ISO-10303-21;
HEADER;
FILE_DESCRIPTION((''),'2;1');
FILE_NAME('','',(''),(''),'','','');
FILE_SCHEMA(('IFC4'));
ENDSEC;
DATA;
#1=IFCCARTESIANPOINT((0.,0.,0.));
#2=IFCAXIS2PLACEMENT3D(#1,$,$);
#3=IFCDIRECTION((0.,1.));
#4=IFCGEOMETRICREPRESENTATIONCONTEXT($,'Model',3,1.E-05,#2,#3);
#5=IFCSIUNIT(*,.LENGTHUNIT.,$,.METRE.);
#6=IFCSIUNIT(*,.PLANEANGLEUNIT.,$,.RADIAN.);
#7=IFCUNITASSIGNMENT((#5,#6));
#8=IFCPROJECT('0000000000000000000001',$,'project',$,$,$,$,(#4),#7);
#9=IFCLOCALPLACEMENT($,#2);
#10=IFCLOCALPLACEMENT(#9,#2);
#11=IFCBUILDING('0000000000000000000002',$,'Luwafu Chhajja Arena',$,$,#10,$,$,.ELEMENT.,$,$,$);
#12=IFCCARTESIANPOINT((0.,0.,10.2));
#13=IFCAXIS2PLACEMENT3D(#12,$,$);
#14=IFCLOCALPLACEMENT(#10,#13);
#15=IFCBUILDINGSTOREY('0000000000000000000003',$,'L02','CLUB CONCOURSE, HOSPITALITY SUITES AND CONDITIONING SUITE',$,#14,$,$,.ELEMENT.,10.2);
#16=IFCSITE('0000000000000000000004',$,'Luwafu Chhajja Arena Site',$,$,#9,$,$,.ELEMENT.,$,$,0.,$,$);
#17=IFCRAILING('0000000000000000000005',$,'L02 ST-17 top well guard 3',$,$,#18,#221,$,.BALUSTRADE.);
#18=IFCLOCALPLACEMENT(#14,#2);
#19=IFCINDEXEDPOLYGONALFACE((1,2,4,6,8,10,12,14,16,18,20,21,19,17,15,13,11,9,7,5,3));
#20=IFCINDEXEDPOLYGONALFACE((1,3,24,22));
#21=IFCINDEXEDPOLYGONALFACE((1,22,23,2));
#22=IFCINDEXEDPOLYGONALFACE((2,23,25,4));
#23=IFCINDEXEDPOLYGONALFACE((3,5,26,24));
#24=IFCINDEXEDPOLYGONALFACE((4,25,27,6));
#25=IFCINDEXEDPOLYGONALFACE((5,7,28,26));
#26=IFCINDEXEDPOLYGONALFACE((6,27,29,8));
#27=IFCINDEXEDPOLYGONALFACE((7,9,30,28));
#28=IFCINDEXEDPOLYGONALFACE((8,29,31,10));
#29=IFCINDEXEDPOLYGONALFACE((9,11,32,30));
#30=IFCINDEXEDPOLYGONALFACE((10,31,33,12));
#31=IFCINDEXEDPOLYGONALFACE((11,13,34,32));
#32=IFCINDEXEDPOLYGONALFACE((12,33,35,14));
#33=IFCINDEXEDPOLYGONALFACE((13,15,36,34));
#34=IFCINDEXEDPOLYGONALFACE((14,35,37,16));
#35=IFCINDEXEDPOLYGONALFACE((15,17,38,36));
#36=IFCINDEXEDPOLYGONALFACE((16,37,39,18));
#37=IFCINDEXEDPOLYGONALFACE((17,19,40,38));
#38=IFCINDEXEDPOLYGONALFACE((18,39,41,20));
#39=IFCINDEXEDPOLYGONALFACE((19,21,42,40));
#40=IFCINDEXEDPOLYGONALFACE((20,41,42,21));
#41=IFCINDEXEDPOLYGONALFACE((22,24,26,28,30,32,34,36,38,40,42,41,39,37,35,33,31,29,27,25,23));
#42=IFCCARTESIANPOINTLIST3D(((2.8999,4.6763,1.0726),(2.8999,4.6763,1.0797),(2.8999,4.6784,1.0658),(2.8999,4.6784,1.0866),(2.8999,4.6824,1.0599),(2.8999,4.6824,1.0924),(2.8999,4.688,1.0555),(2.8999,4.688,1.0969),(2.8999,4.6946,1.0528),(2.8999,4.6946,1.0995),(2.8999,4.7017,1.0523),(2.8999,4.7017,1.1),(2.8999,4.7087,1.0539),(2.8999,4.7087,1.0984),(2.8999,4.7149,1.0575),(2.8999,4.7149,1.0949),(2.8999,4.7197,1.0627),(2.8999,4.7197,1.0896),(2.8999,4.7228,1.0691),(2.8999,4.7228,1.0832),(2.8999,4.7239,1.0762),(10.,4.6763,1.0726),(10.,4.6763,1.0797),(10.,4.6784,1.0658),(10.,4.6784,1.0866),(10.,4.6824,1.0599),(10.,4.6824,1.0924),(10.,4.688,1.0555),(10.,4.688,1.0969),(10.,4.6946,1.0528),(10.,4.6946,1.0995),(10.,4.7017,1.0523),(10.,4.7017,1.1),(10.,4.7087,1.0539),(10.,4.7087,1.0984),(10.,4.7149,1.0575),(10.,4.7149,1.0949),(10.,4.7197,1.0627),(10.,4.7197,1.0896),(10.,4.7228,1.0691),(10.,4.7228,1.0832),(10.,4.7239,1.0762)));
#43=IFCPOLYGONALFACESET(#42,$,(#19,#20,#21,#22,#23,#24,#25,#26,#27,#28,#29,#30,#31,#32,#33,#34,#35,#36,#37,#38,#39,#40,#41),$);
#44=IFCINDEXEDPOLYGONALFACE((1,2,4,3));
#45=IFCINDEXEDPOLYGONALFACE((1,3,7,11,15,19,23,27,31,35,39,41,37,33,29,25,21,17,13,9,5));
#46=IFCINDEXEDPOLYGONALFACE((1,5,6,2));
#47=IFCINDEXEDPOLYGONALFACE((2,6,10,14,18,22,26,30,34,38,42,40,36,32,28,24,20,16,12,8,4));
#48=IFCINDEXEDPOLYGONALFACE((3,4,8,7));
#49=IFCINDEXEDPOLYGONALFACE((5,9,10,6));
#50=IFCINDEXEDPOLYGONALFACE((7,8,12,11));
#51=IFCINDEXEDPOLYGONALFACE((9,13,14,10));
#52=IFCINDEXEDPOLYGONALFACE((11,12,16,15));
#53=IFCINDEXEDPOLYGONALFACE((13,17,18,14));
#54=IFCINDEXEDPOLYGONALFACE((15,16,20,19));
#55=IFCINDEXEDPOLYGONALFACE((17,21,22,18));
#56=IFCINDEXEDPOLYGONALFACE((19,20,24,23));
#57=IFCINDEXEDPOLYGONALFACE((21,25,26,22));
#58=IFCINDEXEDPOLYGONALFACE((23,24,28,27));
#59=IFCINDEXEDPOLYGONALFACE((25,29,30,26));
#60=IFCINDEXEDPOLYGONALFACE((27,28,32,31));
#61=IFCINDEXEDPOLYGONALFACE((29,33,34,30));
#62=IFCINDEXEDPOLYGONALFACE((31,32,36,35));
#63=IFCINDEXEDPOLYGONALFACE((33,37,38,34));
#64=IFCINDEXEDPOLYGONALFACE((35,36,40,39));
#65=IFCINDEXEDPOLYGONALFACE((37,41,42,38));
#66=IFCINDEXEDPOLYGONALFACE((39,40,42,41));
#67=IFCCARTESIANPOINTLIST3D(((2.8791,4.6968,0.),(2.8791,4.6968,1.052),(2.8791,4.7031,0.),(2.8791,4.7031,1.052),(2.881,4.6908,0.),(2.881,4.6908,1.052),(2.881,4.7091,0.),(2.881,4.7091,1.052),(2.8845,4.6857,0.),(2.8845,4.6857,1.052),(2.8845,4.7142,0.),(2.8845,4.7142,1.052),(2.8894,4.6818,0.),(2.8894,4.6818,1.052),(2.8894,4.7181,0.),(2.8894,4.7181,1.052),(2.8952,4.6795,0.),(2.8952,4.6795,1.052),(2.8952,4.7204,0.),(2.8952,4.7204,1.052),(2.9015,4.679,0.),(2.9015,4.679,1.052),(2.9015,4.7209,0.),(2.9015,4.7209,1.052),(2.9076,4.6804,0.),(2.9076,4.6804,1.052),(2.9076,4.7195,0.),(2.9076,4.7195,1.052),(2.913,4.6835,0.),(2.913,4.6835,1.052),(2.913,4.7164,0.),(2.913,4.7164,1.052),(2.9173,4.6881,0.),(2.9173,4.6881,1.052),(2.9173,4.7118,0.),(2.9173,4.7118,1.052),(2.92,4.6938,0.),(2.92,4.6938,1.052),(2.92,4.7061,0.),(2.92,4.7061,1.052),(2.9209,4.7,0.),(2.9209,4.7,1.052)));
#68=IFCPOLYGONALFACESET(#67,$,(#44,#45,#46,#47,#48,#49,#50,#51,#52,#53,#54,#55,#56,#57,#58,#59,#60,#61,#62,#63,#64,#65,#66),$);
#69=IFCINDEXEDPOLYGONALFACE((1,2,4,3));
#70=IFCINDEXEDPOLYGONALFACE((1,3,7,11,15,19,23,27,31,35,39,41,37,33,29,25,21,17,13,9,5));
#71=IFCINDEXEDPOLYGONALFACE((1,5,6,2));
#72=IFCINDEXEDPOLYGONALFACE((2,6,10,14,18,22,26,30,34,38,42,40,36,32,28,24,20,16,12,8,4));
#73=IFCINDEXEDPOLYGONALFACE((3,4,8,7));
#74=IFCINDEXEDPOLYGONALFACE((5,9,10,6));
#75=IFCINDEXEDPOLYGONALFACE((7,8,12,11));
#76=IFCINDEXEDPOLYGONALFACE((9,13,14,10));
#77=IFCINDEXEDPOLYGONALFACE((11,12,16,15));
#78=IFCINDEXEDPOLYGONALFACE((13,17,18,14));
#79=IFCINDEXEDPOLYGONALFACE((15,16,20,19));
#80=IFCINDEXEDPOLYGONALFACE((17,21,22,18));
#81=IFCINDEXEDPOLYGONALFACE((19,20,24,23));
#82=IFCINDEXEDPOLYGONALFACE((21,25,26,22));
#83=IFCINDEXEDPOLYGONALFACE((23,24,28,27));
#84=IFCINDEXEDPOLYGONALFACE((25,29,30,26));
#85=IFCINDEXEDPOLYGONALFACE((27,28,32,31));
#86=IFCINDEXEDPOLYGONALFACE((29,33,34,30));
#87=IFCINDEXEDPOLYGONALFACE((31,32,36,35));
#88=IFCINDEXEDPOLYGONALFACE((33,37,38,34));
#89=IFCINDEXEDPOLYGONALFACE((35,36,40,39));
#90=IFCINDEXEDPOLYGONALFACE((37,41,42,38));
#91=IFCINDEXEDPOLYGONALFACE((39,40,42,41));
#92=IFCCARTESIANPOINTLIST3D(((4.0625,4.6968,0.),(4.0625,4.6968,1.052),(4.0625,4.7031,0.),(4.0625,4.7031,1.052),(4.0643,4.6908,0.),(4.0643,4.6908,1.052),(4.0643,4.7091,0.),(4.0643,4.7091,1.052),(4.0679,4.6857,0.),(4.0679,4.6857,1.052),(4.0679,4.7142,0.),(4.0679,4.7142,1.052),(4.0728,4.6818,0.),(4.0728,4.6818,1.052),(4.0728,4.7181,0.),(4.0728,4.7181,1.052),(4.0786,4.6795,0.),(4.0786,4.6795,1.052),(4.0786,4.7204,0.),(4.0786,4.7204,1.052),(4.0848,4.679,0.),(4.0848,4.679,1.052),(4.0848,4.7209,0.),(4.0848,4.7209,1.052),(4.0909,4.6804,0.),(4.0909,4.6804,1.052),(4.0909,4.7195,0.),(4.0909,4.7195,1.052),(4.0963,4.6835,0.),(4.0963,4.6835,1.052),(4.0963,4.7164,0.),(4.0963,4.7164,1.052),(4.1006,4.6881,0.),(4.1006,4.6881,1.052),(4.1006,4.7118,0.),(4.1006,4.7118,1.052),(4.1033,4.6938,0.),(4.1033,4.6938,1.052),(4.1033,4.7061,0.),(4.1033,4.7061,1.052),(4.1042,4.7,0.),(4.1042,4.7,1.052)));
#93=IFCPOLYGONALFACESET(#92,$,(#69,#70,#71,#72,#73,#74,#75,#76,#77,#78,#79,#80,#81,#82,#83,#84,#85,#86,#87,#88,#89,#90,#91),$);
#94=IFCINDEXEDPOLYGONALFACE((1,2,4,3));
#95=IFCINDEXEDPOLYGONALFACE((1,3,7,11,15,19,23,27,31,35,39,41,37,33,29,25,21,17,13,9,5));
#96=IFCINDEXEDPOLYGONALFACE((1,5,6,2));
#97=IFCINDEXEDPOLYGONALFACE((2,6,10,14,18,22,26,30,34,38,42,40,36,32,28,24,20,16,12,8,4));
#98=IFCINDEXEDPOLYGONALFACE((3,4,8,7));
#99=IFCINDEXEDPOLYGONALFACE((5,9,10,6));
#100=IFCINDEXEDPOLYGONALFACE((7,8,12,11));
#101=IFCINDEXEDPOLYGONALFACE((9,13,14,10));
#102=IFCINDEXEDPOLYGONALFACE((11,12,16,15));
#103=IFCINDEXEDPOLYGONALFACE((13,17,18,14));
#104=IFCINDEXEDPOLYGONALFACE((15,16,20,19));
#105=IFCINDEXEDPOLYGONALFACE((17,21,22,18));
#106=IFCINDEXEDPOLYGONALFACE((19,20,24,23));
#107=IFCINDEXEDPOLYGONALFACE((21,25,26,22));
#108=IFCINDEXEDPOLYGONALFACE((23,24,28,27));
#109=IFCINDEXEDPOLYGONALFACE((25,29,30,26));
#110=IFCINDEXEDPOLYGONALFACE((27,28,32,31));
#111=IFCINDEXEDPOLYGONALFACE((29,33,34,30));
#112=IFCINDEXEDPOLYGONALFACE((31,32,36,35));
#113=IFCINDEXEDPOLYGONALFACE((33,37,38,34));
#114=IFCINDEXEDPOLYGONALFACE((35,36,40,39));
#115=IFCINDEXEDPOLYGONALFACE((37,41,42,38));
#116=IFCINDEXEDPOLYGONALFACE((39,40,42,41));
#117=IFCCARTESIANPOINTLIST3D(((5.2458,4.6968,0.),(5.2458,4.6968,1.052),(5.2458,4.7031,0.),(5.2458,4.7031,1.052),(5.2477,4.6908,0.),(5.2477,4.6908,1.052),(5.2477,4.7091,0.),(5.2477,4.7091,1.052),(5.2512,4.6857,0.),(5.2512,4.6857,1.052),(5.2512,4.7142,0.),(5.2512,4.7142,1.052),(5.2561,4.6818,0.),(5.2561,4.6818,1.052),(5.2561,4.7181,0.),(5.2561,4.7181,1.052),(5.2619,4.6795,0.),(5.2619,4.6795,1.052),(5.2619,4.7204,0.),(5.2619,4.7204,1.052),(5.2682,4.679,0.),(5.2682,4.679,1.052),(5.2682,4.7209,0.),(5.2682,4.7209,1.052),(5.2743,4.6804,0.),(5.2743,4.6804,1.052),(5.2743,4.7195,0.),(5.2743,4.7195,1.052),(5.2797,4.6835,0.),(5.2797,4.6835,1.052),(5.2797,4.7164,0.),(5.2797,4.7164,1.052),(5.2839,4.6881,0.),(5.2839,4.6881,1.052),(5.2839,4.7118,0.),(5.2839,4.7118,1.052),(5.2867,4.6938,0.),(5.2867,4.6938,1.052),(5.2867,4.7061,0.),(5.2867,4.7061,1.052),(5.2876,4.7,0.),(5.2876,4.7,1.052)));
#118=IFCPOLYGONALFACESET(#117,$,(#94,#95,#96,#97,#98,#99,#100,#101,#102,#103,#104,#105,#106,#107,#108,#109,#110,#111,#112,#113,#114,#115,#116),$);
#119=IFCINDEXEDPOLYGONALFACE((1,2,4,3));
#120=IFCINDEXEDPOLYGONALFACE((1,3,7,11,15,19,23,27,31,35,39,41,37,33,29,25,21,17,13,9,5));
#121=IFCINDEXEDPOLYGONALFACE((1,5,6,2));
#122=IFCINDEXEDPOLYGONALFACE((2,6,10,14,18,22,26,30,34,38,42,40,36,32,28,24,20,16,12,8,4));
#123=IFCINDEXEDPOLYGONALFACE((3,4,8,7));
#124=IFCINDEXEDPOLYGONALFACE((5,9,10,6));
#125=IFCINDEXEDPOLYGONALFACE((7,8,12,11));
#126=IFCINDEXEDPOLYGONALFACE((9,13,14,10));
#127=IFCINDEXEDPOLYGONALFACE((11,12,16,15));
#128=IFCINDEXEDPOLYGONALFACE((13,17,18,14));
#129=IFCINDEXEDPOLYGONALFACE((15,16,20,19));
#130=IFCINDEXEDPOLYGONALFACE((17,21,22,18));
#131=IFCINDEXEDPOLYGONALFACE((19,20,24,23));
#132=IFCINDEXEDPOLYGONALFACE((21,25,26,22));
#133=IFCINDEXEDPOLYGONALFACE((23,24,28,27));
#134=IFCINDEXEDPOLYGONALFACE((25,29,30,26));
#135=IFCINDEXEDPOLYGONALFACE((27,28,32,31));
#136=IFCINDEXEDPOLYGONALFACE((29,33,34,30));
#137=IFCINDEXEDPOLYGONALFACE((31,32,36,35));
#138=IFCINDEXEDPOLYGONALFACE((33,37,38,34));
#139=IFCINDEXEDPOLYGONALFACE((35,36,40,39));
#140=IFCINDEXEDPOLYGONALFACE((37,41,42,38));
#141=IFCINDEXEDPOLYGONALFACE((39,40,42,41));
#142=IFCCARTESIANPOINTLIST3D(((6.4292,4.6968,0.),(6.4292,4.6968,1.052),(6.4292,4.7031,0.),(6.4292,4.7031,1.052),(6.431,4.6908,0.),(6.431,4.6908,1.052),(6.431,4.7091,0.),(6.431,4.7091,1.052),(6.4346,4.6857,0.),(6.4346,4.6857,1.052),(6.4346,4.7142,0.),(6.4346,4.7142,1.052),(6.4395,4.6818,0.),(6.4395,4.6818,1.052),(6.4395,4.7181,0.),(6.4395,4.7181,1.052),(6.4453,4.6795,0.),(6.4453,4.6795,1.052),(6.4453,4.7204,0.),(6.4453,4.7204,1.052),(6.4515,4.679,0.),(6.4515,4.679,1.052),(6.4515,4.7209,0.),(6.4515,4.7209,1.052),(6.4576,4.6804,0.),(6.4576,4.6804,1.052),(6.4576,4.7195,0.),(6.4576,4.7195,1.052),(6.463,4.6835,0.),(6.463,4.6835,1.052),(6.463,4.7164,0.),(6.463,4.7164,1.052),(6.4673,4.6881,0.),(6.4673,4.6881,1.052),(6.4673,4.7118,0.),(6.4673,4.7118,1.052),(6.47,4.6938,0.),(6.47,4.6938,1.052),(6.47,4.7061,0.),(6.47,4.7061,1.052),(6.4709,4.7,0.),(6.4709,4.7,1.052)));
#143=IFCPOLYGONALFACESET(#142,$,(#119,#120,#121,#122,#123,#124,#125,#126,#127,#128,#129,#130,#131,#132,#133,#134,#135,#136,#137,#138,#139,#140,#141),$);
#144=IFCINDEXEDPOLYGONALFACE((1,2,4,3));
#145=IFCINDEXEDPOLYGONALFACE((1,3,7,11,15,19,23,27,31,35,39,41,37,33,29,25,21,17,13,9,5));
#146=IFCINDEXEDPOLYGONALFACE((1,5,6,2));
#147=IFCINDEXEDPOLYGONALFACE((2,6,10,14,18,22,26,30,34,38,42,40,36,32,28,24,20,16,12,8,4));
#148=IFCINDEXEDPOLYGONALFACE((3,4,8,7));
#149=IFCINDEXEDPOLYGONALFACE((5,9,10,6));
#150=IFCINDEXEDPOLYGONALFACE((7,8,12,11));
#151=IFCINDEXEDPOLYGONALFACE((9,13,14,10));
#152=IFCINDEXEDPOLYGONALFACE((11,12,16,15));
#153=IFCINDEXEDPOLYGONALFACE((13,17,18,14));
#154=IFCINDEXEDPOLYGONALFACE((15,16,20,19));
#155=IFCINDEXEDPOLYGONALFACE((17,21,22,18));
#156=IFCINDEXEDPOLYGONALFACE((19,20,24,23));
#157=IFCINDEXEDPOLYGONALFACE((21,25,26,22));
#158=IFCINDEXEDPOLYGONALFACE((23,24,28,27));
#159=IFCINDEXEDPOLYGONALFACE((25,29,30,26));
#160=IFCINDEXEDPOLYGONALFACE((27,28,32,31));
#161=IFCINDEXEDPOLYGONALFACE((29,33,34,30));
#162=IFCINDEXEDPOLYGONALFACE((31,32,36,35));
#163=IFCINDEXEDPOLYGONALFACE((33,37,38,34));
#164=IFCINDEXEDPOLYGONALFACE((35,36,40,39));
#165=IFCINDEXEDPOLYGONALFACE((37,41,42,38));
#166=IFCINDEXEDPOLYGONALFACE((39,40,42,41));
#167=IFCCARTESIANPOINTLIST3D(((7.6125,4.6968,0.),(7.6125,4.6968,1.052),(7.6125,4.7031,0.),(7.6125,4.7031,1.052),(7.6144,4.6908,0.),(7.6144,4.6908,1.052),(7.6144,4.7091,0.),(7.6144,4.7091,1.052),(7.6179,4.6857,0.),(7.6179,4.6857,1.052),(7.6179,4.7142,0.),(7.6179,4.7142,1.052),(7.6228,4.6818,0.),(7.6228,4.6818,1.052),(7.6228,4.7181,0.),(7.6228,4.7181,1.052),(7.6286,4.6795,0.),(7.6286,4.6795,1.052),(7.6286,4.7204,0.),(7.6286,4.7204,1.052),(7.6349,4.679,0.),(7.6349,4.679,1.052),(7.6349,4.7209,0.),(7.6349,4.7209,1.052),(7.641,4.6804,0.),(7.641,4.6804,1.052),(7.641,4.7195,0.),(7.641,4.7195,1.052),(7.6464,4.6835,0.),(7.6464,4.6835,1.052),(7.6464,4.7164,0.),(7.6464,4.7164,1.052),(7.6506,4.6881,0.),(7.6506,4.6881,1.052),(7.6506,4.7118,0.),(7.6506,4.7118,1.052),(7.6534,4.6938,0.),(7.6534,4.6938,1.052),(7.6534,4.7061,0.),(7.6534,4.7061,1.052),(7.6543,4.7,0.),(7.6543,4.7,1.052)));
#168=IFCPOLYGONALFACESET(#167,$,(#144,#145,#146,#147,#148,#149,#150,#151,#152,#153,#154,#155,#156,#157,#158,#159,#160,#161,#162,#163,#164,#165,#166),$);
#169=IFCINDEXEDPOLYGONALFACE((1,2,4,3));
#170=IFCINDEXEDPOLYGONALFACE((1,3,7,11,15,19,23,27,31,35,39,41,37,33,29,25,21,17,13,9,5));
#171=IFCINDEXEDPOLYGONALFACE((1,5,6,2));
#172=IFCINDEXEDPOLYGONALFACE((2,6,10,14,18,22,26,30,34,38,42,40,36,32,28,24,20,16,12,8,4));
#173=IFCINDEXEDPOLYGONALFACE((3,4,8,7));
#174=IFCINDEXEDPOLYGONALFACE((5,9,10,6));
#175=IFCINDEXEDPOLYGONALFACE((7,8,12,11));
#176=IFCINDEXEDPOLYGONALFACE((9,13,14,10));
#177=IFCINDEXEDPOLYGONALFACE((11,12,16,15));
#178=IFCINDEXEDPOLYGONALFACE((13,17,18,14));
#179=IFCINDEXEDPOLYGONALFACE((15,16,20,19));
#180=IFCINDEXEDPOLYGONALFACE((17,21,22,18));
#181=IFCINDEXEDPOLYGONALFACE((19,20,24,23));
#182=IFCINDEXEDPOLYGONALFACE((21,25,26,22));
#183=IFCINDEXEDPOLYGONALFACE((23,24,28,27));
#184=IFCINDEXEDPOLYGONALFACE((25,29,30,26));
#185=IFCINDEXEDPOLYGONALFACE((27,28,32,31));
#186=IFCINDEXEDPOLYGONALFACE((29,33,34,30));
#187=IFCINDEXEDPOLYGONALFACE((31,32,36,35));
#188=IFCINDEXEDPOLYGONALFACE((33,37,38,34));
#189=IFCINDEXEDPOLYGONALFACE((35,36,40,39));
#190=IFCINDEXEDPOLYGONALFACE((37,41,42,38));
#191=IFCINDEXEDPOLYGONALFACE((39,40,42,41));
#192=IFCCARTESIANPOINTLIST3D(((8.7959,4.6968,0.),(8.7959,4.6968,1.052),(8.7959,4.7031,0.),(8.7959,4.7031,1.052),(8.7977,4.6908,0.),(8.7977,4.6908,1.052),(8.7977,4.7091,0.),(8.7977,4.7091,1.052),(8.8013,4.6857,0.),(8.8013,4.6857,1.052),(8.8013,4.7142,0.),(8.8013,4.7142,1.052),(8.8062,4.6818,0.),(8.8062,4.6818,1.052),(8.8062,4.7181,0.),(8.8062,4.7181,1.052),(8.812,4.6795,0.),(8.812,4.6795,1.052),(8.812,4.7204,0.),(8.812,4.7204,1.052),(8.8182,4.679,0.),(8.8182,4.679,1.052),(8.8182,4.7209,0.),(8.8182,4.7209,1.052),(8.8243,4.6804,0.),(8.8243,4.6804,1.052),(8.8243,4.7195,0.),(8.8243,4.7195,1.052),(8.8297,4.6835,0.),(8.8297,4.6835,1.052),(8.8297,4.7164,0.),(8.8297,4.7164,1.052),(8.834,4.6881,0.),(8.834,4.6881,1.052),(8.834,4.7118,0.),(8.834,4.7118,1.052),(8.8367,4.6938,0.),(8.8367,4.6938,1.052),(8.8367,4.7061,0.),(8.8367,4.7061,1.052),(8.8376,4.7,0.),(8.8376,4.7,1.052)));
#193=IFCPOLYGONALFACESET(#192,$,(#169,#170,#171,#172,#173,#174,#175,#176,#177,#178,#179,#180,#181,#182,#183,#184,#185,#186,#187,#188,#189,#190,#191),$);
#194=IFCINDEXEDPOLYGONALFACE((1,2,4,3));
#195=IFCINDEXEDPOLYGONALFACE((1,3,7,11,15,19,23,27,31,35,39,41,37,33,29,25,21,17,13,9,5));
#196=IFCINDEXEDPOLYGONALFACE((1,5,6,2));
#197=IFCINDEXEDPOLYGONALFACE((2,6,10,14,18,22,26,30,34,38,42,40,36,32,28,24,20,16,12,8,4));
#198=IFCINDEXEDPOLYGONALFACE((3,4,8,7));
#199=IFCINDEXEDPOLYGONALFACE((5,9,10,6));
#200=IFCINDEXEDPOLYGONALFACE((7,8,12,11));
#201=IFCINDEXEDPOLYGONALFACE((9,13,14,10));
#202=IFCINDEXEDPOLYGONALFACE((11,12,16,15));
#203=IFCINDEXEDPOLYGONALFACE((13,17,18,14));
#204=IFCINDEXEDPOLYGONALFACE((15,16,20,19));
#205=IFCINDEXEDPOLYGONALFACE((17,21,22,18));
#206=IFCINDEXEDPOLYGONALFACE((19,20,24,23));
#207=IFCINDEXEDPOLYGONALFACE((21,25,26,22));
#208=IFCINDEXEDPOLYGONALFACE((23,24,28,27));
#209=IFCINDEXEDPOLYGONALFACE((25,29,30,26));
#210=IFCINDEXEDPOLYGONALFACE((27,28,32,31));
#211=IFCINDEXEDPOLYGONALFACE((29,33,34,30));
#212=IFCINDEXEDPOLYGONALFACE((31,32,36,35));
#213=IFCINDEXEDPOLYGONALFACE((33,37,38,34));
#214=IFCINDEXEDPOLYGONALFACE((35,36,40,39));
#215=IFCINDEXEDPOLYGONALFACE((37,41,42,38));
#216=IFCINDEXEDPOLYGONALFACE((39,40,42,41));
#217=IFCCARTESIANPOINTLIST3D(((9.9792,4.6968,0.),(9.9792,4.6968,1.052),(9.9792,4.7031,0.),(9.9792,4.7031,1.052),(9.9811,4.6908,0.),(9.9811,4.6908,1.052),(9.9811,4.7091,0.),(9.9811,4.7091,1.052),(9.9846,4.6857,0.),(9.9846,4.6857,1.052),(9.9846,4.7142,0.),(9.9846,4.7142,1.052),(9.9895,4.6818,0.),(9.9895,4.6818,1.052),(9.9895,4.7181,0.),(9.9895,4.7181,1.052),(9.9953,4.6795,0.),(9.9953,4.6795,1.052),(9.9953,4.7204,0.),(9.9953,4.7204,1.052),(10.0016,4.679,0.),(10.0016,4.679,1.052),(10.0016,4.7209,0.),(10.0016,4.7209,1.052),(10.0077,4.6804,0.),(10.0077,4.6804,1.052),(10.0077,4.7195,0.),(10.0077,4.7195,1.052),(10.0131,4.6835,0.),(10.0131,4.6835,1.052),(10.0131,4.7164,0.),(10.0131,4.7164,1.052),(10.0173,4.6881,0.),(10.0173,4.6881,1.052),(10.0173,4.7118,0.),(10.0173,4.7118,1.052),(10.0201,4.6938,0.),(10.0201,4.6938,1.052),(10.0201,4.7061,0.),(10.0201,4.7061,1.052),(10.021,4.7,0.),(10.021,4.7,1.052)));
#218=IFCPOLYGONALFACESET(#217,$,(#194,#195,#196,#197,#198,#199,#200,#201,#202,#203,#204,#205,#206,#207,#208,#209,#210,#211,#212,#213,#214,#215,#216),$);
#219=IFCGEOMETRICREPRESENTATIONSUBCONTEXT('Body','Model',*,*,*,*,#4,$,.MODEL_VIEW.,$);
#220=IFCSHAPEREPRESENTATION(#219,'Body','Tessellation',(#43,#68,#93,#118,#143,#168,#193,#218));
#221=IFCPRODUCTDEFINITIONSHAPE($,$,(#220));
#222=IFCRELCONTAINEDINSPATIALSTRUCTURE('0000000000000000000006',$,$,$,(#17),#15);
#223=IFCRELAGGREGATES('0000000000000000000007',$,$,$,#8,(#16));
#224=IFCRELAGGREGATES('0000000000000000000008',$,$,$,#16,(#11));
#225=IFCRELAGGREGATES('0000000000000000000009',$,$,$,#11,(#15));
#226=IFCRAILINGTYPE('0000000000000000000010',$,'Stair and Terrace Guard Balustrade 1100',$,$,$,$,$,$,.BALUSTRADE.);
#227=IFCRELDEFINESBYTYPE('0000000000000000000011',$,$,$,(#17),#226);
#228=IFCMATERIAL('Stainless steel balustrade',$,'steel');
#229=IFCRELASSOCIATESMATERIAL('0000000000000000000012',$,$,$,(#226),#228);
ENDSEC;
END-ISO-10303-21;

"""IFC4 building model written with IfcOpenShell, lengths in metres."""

from ifc_helpers import new_model, si_unit, direction, frame, origin, origin_2d, place, context, subcontext, project, spatial, circle, extrude, material, type_object, element, save


model = new_model("IFC4")

# Units and contexts
model_context = context("Model", 3, precision=1e-05, world=origin(), true_north=direction((0.0, 1.0)))
body_context = subcontext(model_context, "Body", "Model", "MODEL_VIEW")
ifc_project = project(units=[si_unit("LENGTHUNIT", "METRE"), si_unit("PLANEANGLEUNIT", "RADIAN")], contexts=[model_context])

# Site, building, storey
site_placement = place(None, origin())
site = spatial("IfcSite", under=ifc_project, at=site_placement, Name="Luwafu Chhajja Arena Site", CompositionType="ELEMENT", RefElevation=0.0)
building_placement = place(site_placement, origin())
building = spatial("IfcBuilding", under=site, at=building_placement, Name="Luwafu Chhajja Arena", CompositionType="ELEMENT")
storey_placement = place(building_placement, frame((0.0, 0.0, 10.2)))
storey = spatial("IfcBuildingStorey", under=building, at=storey_placement, Name="L02", Description="CLUB CONCOURSE, HOSPITALITY SUITES AND CONDITIONING SUITE", CompositionType="ELEMENT", Elevation=10.2)

# Railing
ifc_material_1 = material(Name="Stainless steel balustrade", Category="steel")
railing_type = type_object("IfcRailingType", Name="Stair and Terrace Guard Balustrade 1100", PredefinedType="BALUSTRADE", material=ifc_material_1)
railing_1_placement = place(storey_placement, frame((2.8999, 4.7, 0.0)))
element("IfcRailing", 1, at=railing_1_placement, inside=storey, type_object=railing_type, Name="L02 ST-17 top well guard 3", PredefinedType="BALUSTRADE", context=body_context, shape_type="SweptSolid", body=[
    extrude(circle(Radius=0.0239, at=origin_2d()), frame((0.0, 0.0, 1.0762), z_axis=(1.0, 0.0, 0.0), x_axis=(0.0, 1.0, 0.0)), (0.0, 0.0, 1.0), 7.1001),
    extrude(circle(Radius=0.021, at=origin_2d()), origin(), (0.0, 0.0, 1.0), 1.052),
    extrude(circle(Radius=0.021, at=origin_2d()), frame((1.1833, 0.0, 0.0)), (0.0, 0.0, 1.0), 1.052),
    extrude(circle(Radius=0.021, at=origin_2d()), frame((2.3667, 0.0, 0.0)), (0.0, 0.0, 1.0), 1.052),
    extrude(circle(Radius=0.021, at=origin_2d()), frame((3.55, 0.0, 0.0)), (0.0, 0.0, 1.0), 1.052),
    extrude(circle(Radius=0.021, at=origin_2d()), frame((4.7334, 0.0, 0.0)), (0.0, 0.0, 1.0), 1.052),
    extrude(circle(Radius=0.021, at=origin_2d()), frame((5.9167, 0.0, 0.0)), (0.0, 0.0, 1.0), 1.052),
    extrude(circle(Radius=0.021, at=origin_2d()), frame((7.1001, 0.0, 0.0)), (0.0, 0.0, 1.0), 1.052),
])

save(model, "model.ifc")
